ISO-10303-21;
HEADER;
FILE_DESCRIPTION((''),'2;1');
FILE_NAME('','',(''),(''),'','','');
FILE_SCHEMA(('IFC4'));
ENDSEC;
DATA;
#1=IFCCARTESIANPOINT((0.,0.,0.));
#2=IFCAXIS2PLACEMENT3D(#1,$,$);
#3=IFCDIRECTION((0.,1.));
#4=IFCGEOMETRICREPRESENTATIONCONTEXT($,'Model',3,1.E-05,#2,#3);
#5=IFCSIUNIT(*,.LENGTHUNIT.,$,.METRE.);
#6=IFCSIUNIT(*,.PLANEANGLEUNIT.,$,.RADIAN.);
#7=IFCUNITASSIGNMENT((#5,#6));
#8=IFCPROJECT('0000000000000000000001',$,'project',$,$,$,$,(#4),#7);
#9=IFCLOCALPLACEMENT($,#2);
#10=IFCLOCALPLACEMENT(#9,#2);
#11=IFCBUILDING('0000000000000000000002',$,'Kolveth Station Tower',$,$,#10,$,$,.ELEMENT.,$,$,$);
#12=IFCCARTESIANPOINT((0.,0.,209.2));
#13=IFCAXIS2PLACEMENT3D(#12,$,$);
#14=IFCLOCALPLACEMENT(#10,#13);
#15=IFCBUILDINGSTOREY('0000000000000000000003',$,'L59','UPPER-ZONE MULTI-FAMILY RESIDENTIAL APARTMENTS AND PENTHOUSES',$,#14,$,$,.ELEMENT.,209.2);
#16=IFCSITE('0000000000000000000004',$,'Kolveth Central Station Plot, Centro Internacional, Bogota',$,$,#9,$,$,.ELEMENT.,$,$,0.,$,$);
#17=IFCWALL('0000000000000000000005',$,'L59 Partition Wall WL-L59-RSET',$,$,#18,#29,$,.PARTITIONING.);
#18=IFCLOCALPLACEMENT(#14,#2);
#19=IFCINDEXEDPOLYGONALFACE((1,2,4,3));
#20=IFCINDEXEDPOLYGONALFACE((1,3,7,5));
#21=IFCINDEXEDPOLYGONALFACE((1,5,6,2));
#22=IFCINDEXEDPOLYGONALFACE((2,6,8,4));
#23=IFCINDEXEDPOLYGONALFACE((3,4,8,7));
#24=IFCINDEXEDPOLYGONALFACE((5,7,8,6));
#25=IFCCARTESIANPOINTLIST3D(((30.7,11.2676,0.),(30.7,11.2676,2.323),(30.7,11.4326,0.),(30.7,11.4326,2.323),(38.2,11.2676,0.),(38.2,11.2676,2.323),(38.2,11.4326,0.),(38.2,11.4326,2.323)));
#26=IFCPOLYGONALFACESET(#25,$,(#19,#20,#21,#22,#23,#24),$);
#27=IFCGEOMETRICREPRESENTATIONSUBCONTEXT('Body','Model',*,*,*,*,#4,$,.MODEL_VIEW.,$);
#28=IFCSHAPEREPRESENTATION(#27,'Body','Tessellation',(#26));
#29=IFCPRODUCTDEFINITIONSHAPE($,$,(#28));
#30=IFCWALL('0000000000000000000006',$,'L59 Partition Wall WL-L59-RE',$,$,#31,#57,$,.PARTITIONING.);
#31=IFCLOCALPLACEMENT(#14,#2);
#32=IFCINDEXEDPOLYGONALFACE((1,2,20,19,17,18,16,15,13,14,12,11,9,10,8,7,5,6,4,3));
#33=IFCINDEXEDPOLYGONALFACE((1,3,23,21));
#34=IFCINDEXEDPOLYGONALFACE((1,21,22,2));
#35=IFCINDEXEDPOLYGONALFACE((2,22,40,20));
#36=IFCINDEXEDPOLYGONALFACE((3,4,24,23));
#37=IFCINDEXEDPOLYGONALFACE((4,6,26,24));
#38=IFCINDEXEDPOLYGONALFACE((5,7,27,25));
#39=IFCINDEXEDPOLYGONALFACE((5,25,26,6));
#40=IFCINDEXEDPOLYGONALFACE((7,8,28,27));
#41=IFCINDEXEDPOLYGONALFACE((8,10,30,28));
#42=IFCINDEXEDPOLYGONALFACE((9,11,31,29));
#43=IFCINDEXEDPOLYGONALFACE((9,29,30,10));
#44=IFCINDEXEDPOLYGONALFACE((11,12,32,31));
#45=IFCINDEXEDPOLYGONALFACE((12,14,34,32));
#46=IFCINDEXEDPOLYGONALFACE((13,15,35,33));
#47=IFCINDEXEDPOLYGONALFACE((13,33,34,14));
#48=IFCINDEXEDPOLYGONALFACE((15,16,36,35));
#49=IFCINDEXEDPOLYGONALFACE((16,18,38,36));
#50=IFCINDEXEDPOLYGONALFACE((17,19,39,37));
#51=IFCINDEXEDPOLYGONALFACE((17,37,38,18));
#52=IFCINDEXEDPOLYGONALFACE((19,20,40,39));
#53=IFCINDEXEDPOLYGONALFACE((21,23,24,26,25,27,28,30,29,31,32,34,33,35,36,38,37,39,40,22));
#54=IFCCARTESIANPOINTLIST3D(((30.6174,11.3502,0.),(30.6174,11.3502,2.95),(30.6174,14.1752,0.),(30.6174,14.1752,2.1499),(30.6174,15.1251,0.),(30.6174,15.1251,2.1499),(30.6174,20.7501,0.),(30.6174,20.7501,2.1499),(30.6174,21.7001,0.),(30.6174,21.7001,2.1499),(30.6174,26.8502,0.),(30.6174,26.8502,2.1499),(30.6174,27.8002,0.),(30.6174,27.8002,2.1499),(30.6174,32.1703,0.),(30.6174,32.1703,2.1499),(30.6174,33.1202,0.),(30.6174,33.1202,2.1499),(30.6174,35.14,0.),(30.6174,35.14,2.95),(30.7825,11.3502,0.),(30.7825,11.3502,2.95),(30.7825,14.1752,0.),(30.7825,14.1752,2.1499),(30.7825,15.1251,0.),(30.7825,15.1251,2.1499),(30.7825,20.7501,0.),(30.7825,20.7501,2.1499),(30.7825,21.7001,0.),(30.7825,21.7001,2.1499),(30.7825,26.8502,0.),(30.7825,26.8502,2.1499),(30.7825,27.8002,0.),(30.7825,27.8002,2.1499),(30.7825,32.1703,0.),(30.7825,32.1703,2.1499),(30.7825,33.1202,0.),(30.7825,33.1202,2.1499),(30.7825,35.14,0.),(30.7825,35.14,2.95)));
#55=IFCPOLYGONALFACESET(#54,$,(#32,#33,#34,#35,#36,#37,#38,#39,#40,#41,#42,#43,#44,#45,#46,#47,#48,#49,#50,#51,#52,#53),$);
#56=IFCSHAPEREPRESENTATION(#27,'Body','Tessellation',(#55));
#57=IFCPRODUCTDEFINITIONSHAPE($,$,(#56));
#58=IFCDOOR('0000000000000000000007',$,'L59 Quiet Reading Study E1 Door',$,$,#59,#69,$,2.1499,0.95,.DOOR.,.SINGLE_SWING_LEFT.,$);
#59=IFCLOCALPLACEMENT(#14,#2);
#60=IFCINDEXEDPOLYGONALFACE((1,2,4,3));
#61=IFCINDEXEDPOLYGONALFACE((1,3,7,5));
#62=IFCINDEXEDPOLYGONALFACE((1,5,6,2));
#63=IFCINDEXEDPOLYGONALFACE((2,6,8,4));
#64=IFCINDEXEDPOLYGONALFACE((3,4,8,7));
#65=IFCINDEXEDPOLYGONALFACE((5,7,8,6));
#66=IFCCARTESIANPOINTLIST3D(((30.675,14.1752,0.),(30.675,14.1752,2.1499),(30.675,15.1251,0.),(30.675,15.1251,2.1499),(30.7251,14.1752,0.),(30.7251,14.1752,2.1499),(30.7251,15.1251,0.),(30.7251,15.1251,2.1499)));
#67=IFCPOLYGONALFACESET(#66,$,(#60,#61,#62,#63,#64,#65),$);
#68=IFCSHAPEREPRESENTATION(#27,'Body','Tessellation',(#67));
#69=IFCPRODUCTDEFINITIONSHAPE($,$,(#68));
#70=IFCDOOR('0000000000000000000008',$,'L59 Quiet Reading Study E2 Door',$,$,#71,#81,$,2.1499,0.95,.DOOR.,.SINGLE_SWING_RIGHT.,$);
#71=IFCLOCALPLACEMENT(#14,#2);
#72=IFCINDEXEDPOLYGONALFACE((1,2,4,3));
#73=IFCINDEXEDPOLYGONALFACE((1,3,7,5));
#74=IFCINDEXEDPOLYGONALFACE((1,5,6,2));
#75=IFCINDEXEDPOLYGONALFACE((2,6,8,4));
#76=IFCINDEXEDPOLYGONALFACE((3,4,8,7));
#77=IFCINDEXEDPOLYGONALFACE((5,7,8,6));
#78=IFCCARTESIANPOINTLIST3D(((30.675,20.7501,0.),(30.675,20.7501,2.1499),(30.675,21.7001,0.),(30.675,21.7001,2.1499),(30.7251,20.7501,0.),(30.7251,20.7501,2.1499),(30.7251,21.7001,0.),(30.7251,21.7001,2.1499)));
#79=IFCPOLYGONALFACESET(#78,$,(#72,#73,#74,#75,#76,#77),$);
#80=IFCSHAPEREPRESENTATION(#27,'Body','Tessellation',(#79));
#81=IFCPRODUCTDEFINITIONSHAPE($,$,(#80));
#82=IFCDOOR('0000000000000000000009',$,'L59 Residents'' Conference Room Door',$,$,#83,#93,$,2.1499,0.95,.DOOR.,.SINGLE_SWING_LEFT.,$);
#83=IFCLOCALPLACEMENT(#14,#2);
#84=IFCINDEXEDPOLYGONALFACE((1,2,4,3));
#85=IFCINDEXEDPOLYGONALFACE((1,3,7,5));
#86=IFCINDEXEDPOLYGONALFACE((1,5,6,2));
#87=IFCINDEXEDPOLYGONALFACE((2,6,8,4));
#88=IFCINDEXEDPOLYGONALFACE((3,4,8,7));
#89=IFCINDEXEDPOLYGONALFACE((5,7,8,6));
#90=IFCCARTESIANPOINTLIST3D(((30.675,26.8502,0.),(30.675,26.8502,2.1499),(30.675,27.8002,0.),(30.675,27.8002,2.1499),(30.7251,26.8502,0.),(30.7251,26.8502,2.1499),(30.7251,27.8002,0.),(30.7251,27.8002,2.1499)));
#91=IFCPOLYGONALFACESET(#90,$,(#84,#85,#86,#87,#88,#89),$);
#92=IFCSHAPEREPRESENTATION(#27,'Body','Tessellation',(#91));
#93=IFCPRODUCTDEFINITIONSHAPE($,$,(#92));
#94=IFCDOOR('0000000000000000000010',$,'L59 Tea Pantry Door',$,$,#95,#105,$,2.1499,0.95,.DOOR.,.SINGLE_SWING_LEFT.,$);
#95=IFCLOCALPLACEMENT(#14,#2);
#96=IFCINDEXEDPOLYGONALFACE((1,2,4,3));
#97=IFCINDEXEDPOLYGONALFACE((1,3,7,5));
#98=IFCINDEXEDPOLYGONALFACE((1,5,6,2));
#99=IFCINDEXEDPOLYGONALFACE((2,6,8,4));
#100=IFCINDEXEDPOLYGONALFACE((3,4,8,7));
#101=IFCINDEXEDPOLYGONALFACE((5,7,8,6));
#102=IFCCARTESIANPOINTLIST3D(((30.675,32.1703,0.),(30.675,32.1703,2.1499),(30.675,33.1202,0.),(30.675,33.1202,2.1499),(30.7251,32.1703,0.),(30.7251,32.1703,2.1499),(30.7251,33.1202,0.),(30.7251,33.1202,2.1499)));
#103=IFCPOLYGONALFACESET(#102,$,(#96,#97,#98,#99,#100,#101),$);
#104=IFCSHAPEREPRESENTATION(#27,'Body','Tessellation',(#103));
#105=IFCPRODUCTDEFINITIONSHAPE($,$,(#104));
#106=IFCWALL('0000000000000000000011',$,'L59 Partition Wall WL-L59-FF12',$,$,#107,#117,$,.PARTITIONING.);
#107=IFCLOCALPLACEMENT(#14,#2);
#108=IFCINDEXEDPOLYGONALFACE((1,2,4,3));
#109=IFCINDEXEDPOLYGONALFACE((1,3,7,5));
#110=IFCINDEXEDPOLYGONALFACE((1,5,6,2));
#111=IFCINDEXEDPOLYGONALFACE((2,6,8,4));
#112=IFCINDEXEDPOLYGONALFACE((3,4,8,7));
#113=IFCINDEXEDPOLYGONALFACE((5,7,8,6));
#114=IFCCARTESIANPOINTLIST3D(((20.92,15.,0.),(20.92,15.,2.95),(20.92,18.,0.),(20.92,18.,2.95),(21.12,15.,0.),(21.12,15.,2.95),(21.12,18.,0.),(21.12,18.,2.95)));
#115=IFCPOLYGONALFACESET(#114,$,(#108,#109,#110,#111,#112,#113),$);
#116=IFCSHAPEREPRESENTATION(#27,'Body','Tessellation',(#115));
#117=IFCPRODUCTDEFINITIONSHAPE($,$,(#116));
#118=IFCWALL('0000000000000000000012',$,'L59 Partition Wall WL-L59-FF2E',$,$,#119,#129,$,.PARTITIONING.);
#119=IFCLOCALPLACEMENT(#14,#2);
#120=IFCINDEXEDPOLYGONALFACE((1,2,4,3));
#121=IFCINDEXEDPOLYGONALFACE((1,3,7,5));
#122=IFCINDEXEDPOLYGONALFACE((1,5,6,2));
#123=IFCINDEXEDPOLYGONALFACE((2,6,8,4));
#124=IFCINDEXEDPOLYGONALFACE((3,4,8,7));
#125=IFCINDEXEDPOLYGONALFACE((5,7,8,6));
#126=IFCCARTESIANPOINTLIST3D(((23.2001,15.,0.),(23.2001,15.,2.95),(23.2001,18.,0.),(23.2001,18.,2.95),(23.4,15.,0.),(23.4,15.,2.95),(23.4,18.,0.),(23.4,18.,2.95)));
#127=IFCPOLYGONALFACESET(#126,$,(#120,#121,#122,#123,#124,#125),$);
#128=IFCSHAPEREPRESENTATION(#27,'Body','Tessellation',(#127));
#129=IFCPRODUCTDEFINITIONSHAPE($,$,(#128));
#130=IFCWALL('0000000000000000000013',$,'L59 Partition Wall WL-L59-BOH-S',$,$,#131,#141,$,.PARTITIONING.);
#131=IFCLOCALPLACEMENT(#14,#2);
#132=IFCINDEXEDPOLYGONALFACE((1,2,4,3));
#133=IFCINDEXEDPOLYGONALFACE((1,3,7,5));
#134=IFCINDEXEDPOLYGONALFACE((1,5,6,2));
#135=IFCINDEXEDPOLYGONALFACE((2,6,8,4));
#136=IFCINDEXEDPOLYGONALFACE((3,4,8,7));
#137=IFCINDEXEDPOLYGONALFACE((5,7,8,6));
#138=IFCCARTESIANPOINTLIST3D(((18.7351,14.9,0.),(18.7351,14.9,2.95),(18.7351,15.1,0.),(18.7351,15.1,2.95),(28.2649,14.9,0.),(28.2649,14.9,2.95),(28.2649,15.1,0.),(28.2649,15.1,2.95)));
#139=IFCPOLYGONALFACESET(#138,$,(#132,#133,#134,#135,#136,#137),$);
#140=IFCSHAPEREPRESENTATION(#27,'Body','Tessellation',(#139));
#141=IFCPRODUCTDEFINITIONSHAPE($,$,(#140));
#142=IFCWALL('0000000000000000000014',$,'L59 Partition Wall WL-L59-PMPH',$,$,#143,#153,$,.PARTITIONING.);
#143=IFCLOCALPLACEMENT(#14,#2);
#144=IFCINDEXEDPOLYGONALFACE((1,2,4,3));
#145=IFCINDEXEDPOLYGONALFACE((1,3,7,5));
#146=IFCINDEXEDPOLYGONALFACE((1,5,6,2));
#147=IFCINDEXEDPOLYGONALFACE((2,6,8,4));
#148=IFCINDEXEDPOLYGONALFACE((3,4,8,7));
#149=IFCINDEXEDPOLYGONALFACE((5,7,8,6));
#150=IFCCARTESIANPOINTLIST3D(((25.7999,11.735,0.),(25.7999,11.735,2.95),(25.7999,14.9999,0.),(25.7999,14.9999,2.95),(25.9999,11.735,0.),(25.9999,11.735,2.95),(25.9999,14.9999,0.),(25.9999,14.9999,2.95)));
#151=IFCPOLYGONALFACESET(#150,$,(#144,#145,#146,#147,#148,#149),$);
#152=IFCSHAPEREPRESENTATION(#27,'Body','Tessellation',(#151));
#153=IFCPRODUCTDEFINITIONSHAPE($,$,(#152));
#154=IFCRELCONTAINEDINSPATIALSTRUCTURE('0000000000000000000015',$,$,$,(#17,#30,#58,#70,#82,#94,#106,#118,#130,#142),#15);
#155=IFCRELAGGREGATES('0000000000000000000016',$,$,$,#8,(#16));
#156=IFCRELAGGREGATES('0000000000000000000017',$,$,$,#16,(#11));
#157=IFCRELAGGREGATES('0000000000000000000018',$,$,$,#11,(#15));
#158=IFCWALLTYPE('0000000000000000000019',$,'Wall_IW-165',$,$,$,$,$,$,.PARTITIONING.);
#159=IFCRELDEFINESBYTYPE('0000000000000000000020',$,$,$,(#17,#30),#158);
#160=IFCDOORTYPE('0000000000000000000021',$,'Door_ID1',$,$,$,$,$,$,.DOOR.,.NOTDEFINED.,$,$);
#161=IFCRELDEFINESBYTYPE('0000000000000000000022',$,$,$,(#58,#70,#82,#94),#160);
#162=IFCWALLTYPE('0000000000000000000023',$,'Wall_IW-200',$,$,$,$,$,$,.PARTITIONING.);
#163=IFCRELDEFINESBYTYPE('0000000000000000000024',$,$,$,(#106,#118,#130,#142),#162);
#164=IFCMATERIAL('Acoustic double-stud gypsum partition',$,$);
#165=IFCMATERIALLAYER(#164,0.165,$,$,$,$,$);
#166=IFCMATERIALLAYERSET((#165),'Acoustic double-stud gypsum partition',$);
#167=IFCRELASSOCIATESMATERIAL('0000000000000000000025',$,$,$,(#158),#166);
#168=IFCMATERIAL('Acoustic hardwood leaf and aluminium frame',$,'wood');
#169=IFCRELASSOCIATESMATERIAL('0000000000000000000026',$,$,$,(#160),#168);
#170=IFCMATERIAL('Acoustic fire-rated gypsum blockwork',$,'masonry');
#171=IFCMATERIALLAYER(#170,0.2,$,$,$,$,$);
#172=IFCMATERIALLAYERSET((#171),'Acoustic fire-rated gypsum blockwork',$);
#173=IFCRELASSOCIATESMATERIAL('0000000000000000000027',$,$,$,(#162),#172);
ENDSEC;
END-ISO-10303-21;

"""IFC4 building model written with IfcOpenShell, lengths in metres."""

from ifc_helpers import new_model, si_unit, direction, frame, frame_2d, origin, place, context, subcontext, project, spatial, rectangle, extrude, material, layer, layer_set, type_object, element, fill, save


model = new_model("IFC4")

# Units and contexts
model_context = context("Model", 3, precision=1e-05, world=origin(), true_north=direction((0.0, 1.0)))
body_context = subcontext(model_context, "Body", "Model", "MODEL_VIEW")
ifc_project = project(units=[si_unit("LENGTHUNIT", "METRE"), si_unit("PLANEANGLEUNIT", "RADIAN")], contexts=[model_context])

# Site, building, storey
site_placement = place(None, origin())
site = spatial("IfcSite", under=ifc_project, at=site_placement, Name="Kolveth Central Station Plot, Centro Internacional, Bogota", CompositionType="ELEMENT", RefElevation=0.0)
building_placement = place(site_placement, origin())
building = spatial("IfcBuilding", under=site, at=building_placement, Name="Kolveth Station Tower", CompositionType="ELEMENT")
storey_placement = place(building_placement, frame((0.0, 0.0, 209.2)))
storey = spatial("IfcBuildingStorey", under=building, at=storey_placement, Name="L59", Description="UPPER-ZONE MULTI-FAMILY RESIDENTIAL APARTMENTS AND PENTHOUSES", CompositionType="ELEMENT", Elevation=209.2)

# Wall
ifc_material_1 = material(Name="Acoustic double-stud gypsum partition")
ifc_layer_1 = layer(ifc_material_1, 0.165)
ifc_layer_set_1 = layer_set([ifc_layer_1], Name="Acoustic double-stud gypsum partition")
wall_type_1 = type_object("IfcWallType", Name="Wall_IW-165", PredefinedType="PARTITIONING", material=ifc_layer_set_1)
wall_1_placement = place(storey_placement, frame((30.7, 11.3501, 0.0), z_axis=(0.0, 0.0, 1.0), x_axis=(1.0, 0.0, 0.0)))
element("IfcWall", 1, at=wall_1_placement, inside=storey, type_object=wall_type_1, Name="L59 Partition Wall WL-L59-RSET", PredefinedType="PARTITIONING", context=body_context, shape_type="SweptSolid", body=[
    extrude(rectangle(XDim=7.5, YDim=0.165, at=frame_2d((3.75, 0.0))), origin(), (0.0, 0.0, 1.0), 2.323),
])

# Wall, openings, doors
wall_2_placement = place(storey_placement, frame((30.7, 11.3501, 0.0), z_axis=(0.0, 0.0, 1.0), x_axis=(0.0, 1.0, 0.0)))
wall_2 = element("IfcWall", 2, at=wall_2_placement, inside=storey, type_object=wall_type_1, Name="L59 Partition Wall WL-L59-RE", PredefinedType="PARTITIONING", context=body_context, shape_type="SweptSolid", body=[
    extrude(rectangle(XDim=23.7898, YDim=0.165, at=frame_2d((11.895, 0.0))), origin(), (0.0, 0.0, 1.0), 2.95),
])
opening_1_placement = place(wall_2_placement, frame((2.825, 0.0, 0.0)))
opening_1 = element("IfcOpeningElement", 3, at=opening_1_placement, cuts=wall_2, PredefinedType="OPENING", context=body_context, shape_type="SweptSolid", body=[
    extrude(rectangle(XDim=0.95, YDim=2.1499, at=frame_2d((0.4751, 1.075))), frame((0.0, 0.0925, 0.0), z_axis=(0.0, -1.0, 0.0), x_axis=(1.0, 0.0, 0.0)), (0.0, 0.0, 1.0), 0.1851),
])
opening_2_placement = place(wall_2_placement, frame((9.3999, 0.0, 0.0)))
opening_2 = element("IfcOpeningElement", 4, at=opening_2_placement, cuts=wall_2, PredefinedType="OPENING", context=body_context, shape_type="SweptSolid", body=[
    extrude(rectangle(XDim=0.95, YDim=2.1499, at=frame_2d((0.4751, 1.075))), frame((0.0, 0.0925, 0.0), z_axis=(0.0, -1.0, 0.0), x_axis=(1.0, 0.0, 0.0)), (0.0, 0.0, 1.0), 0.1851),
])
opening_3_placement = place(wall_2_placement, frame((15.5, 0.0, 0.0)))
opening_3 = element("IfcOpeningElement", 5, at=opening_3_placement, cuts=wall_2, PredefinedType="OPENING", context=body_context, shape_type="SweptSolid", body=[
    extrude(rectangle(XDim=0.95, YDim=2.1499, at=frame_2d((0.4751, 1.075))), frame((0.0, 0.0925, 0.0), z_axis=(0.0, -1.0, 0.0), x_axis=(1.0, 0.0, 0.0)), (0.0, 0.0, 1.0), 0.1851),
])
opening_4_placement = place(wall_2_placement, frame((20.8201, 0.0, 0.0)))
opening_4 = element("IfcOpeningElement", 6, at=opening_4_placement, cuts=wall_2, PredefinedType="OPENING", context=body_context, shape_type="SweptSolid", body=[
    extrude(rectangle(XDim=0.95, YDim=2.1499, at=frame_2d((0.4751, 1.075))), frame((0.0, 0.0925, 0.0), z_axis=(0.0, -1.0, 0.0), x_axis=(1.0, 0.0, 0.0)), (0.0, 0.0, 1.0), 0.1851),
])
ifc_material_2 = material(Name="Acoustic hardwood leaf and aluminium frame", Category="wood")
door_type_1 = type_object("IfcDoorType", Name="Door_ID1", OperationType="NOTDEFINED", PredefinedType="DOOR", material=ifc_material_2)
door_1_placement = place(opening_1_placement, origin())
door_1 = element("IfcDoor", 7, at=door_1_placement, inside=storey, type_object=door_type_1, Name="L59 Quiet Reading Study E1 Door", OperationType="SINGLE_SWING_LEFT", OverallHeight=2.1499, OverallWidth=0.95, PredefinedType="DOOR", context=body_context, shape_type="SweptSolid", body=[
    extrude(rectangle(XDim=0.95, YDim=2.1499, at=frame_2d((0.4751, 1.075))), frame((0.0, 0.0249, 0.0), z_axis=(0.0, -1.0, 0.0), x_axis=(1.0, 0.0, 0.0)), (0.0, 0.0, 1.0), 0.05),
])
fill(opening_1, door_1)
door_2_placement = place(opening_2_placement, origin())
door_2 = element("IfcDoor", 8, at=door_2_placement, inside=storey, type_object=door_type_1, Name="L59 Quiet Reading Study E2 Door", OperationType="SINGLE_SWING_RIGHT", OverallHeight=2.1499, OverallWidth=0.95, PredefinedType="DOOR", context=body_context, shape_type="SweptSolid", body=[
    extrude(rectangle(XDim=0.95, YDim=2.1499, at=frame_2d((0.4751, 1.075))), frame((0.0, 0.0249, 0.0), z_axis=(0.0, -1.0, 0.0), x_axis=(1.0, 0.0, 0.0)), (0.0, 0.0, 1.0), 0.05),
])
fill(opening_2, door_2)
door_3_placement = place(opening_3_placement, origin())
door_3 = element("IfcDoor", 9, at=door_3_placement, inside=storey, type_object=door_type_1, Name="L59 Residents' Conference Room Door", OperationType="SINGLE_SWING_LEFT", OverallHeight=2.1499, OverallWidth=0.95, PredefinedType="DOOR", context=body_context, shape_type="SweptSolid", body=[
    extrude(rectangle(XDim=0.95, YDim=2.1499, at=frame_2d((0.4751, 1.075))), frame((0.0, 0.0249, 0.0), z_axis=(0.0, -1.0, 0.0), x_axis=(1.0, 0.0, 0.0)), (0.0, 0.0, 1.0), 0.05),
])
fill(opening_3, door_3)
door_4_placement = place(opening_4_placement, origin())
door_4 = element("IfcDoor", 10, at=door_4_placement, inside=storey, type_object=door_type_1, Name="L59 Tea Pantry Door", OperationType="SINGLE_SWING_LEFT", OverallHeight=2.1499, OverallWidth=0.95, PredefinedType="DOOR", context=body_context, shape_type="SweptSolid", body=[
    extrude(rectangle(XDim=0.95, YDim=2.1499, at=frame_2d((0.4751, 1.075))), frame((0.0, 0.0249, 0.0), z_axis=(0.0, -1.0, 0.0), x_axis=(1.0, 0.0, 0.0)), (0.0, 0.0, 1.0), 0.05),
])
fill(opening_4, door_4)

# Walls
ifc_material_3 = material(Name="Acoustic fire-rated gypsum blockwork", Category="masonry")
ifc_layer_2 = layer(ifc_material_3, 0.2)
ifc_layer_set_2 = layer_set([ifc_layer_2], Name="Acoustic fire-rated gypsum blockwork")
wall_type_2 = type_object("IfcWallType", Name="Wall_IW-200", PredefinedType="PARTITIONING", material=ifc_layer_set_2)
for number, where, z_axis, x_axis, name in (
    (11, (21.02, 15.0, 0.0), (0.0, 0.0, 1.0), (0.0, 1.0, 0.0), "L59 Partition Wall WL-L59-FF12"),
    (12, (23.3, 15.0, 0.0), (0.0, 0.0, 1.0), (0.0, 1.0, 0.0), "L59 Partition Wall WL-L59-FF2E"),
):
    element("IfcWall", number, at=place(storey_placement, frame(where, z_axis=z_axis, x_axis=x_axis)), inside=storey, type_object=wall_type_2, Name=name, PredefinedType="PARTITIONING", context=body_context, shape_type="SweptSolid", body=[
        extrude(rectangle(XDim=3.0, YDim=0.2, at=frame_2d((1.5, 0.0))), origin(), (0.0, 0.0, 1.0), 2.95),
    ])
wall_3_placement = place(storey_placement, frame((18.7351, 15.0, 0.0), z_axis=(0.0, 0.0, 1.0), x_axis=(1.0, 0.0, 0.0)))
element("IfcWall", 13, at=wall_3_placement, inside=storey, type_object=wall_type_2, Name="L59 Partition Wall WL-L59-BOH-S", PredefinedType="PARTITIONING", context=body_context, shape_type="SweptSolid", body=[
    extrude(rectangle(XDim=9.5298, YDim=0.2, at=frame_2d((4.7649, 0.0))), origin(), (0.0, 0.0, 1.0), 2.95),
])
wall_4_placement = place(storey_placement, frame((25.8999, 11.7351, 0.0), z_axis=(0.0, 0.0, 1.0), x_axis=(0.0, 1.0, 0.0)))
element("IfcWall", 14, at=wall_4_placement, inside=storey, type_object=wall_type_2, Name="L59 Partition Wall WL-L59-PMPH", PredefinedType="PARTITIONING", context=body_context, shape_type="SweptSolid", body=[
    extrude(rectangle(XDim=3.2649, YDim=0.2, at=frame_2d((1.6323, 0.0))), origin(), (0.0, 0.0, 1.0), 2.95),
])

save(model, "model.ifc")
